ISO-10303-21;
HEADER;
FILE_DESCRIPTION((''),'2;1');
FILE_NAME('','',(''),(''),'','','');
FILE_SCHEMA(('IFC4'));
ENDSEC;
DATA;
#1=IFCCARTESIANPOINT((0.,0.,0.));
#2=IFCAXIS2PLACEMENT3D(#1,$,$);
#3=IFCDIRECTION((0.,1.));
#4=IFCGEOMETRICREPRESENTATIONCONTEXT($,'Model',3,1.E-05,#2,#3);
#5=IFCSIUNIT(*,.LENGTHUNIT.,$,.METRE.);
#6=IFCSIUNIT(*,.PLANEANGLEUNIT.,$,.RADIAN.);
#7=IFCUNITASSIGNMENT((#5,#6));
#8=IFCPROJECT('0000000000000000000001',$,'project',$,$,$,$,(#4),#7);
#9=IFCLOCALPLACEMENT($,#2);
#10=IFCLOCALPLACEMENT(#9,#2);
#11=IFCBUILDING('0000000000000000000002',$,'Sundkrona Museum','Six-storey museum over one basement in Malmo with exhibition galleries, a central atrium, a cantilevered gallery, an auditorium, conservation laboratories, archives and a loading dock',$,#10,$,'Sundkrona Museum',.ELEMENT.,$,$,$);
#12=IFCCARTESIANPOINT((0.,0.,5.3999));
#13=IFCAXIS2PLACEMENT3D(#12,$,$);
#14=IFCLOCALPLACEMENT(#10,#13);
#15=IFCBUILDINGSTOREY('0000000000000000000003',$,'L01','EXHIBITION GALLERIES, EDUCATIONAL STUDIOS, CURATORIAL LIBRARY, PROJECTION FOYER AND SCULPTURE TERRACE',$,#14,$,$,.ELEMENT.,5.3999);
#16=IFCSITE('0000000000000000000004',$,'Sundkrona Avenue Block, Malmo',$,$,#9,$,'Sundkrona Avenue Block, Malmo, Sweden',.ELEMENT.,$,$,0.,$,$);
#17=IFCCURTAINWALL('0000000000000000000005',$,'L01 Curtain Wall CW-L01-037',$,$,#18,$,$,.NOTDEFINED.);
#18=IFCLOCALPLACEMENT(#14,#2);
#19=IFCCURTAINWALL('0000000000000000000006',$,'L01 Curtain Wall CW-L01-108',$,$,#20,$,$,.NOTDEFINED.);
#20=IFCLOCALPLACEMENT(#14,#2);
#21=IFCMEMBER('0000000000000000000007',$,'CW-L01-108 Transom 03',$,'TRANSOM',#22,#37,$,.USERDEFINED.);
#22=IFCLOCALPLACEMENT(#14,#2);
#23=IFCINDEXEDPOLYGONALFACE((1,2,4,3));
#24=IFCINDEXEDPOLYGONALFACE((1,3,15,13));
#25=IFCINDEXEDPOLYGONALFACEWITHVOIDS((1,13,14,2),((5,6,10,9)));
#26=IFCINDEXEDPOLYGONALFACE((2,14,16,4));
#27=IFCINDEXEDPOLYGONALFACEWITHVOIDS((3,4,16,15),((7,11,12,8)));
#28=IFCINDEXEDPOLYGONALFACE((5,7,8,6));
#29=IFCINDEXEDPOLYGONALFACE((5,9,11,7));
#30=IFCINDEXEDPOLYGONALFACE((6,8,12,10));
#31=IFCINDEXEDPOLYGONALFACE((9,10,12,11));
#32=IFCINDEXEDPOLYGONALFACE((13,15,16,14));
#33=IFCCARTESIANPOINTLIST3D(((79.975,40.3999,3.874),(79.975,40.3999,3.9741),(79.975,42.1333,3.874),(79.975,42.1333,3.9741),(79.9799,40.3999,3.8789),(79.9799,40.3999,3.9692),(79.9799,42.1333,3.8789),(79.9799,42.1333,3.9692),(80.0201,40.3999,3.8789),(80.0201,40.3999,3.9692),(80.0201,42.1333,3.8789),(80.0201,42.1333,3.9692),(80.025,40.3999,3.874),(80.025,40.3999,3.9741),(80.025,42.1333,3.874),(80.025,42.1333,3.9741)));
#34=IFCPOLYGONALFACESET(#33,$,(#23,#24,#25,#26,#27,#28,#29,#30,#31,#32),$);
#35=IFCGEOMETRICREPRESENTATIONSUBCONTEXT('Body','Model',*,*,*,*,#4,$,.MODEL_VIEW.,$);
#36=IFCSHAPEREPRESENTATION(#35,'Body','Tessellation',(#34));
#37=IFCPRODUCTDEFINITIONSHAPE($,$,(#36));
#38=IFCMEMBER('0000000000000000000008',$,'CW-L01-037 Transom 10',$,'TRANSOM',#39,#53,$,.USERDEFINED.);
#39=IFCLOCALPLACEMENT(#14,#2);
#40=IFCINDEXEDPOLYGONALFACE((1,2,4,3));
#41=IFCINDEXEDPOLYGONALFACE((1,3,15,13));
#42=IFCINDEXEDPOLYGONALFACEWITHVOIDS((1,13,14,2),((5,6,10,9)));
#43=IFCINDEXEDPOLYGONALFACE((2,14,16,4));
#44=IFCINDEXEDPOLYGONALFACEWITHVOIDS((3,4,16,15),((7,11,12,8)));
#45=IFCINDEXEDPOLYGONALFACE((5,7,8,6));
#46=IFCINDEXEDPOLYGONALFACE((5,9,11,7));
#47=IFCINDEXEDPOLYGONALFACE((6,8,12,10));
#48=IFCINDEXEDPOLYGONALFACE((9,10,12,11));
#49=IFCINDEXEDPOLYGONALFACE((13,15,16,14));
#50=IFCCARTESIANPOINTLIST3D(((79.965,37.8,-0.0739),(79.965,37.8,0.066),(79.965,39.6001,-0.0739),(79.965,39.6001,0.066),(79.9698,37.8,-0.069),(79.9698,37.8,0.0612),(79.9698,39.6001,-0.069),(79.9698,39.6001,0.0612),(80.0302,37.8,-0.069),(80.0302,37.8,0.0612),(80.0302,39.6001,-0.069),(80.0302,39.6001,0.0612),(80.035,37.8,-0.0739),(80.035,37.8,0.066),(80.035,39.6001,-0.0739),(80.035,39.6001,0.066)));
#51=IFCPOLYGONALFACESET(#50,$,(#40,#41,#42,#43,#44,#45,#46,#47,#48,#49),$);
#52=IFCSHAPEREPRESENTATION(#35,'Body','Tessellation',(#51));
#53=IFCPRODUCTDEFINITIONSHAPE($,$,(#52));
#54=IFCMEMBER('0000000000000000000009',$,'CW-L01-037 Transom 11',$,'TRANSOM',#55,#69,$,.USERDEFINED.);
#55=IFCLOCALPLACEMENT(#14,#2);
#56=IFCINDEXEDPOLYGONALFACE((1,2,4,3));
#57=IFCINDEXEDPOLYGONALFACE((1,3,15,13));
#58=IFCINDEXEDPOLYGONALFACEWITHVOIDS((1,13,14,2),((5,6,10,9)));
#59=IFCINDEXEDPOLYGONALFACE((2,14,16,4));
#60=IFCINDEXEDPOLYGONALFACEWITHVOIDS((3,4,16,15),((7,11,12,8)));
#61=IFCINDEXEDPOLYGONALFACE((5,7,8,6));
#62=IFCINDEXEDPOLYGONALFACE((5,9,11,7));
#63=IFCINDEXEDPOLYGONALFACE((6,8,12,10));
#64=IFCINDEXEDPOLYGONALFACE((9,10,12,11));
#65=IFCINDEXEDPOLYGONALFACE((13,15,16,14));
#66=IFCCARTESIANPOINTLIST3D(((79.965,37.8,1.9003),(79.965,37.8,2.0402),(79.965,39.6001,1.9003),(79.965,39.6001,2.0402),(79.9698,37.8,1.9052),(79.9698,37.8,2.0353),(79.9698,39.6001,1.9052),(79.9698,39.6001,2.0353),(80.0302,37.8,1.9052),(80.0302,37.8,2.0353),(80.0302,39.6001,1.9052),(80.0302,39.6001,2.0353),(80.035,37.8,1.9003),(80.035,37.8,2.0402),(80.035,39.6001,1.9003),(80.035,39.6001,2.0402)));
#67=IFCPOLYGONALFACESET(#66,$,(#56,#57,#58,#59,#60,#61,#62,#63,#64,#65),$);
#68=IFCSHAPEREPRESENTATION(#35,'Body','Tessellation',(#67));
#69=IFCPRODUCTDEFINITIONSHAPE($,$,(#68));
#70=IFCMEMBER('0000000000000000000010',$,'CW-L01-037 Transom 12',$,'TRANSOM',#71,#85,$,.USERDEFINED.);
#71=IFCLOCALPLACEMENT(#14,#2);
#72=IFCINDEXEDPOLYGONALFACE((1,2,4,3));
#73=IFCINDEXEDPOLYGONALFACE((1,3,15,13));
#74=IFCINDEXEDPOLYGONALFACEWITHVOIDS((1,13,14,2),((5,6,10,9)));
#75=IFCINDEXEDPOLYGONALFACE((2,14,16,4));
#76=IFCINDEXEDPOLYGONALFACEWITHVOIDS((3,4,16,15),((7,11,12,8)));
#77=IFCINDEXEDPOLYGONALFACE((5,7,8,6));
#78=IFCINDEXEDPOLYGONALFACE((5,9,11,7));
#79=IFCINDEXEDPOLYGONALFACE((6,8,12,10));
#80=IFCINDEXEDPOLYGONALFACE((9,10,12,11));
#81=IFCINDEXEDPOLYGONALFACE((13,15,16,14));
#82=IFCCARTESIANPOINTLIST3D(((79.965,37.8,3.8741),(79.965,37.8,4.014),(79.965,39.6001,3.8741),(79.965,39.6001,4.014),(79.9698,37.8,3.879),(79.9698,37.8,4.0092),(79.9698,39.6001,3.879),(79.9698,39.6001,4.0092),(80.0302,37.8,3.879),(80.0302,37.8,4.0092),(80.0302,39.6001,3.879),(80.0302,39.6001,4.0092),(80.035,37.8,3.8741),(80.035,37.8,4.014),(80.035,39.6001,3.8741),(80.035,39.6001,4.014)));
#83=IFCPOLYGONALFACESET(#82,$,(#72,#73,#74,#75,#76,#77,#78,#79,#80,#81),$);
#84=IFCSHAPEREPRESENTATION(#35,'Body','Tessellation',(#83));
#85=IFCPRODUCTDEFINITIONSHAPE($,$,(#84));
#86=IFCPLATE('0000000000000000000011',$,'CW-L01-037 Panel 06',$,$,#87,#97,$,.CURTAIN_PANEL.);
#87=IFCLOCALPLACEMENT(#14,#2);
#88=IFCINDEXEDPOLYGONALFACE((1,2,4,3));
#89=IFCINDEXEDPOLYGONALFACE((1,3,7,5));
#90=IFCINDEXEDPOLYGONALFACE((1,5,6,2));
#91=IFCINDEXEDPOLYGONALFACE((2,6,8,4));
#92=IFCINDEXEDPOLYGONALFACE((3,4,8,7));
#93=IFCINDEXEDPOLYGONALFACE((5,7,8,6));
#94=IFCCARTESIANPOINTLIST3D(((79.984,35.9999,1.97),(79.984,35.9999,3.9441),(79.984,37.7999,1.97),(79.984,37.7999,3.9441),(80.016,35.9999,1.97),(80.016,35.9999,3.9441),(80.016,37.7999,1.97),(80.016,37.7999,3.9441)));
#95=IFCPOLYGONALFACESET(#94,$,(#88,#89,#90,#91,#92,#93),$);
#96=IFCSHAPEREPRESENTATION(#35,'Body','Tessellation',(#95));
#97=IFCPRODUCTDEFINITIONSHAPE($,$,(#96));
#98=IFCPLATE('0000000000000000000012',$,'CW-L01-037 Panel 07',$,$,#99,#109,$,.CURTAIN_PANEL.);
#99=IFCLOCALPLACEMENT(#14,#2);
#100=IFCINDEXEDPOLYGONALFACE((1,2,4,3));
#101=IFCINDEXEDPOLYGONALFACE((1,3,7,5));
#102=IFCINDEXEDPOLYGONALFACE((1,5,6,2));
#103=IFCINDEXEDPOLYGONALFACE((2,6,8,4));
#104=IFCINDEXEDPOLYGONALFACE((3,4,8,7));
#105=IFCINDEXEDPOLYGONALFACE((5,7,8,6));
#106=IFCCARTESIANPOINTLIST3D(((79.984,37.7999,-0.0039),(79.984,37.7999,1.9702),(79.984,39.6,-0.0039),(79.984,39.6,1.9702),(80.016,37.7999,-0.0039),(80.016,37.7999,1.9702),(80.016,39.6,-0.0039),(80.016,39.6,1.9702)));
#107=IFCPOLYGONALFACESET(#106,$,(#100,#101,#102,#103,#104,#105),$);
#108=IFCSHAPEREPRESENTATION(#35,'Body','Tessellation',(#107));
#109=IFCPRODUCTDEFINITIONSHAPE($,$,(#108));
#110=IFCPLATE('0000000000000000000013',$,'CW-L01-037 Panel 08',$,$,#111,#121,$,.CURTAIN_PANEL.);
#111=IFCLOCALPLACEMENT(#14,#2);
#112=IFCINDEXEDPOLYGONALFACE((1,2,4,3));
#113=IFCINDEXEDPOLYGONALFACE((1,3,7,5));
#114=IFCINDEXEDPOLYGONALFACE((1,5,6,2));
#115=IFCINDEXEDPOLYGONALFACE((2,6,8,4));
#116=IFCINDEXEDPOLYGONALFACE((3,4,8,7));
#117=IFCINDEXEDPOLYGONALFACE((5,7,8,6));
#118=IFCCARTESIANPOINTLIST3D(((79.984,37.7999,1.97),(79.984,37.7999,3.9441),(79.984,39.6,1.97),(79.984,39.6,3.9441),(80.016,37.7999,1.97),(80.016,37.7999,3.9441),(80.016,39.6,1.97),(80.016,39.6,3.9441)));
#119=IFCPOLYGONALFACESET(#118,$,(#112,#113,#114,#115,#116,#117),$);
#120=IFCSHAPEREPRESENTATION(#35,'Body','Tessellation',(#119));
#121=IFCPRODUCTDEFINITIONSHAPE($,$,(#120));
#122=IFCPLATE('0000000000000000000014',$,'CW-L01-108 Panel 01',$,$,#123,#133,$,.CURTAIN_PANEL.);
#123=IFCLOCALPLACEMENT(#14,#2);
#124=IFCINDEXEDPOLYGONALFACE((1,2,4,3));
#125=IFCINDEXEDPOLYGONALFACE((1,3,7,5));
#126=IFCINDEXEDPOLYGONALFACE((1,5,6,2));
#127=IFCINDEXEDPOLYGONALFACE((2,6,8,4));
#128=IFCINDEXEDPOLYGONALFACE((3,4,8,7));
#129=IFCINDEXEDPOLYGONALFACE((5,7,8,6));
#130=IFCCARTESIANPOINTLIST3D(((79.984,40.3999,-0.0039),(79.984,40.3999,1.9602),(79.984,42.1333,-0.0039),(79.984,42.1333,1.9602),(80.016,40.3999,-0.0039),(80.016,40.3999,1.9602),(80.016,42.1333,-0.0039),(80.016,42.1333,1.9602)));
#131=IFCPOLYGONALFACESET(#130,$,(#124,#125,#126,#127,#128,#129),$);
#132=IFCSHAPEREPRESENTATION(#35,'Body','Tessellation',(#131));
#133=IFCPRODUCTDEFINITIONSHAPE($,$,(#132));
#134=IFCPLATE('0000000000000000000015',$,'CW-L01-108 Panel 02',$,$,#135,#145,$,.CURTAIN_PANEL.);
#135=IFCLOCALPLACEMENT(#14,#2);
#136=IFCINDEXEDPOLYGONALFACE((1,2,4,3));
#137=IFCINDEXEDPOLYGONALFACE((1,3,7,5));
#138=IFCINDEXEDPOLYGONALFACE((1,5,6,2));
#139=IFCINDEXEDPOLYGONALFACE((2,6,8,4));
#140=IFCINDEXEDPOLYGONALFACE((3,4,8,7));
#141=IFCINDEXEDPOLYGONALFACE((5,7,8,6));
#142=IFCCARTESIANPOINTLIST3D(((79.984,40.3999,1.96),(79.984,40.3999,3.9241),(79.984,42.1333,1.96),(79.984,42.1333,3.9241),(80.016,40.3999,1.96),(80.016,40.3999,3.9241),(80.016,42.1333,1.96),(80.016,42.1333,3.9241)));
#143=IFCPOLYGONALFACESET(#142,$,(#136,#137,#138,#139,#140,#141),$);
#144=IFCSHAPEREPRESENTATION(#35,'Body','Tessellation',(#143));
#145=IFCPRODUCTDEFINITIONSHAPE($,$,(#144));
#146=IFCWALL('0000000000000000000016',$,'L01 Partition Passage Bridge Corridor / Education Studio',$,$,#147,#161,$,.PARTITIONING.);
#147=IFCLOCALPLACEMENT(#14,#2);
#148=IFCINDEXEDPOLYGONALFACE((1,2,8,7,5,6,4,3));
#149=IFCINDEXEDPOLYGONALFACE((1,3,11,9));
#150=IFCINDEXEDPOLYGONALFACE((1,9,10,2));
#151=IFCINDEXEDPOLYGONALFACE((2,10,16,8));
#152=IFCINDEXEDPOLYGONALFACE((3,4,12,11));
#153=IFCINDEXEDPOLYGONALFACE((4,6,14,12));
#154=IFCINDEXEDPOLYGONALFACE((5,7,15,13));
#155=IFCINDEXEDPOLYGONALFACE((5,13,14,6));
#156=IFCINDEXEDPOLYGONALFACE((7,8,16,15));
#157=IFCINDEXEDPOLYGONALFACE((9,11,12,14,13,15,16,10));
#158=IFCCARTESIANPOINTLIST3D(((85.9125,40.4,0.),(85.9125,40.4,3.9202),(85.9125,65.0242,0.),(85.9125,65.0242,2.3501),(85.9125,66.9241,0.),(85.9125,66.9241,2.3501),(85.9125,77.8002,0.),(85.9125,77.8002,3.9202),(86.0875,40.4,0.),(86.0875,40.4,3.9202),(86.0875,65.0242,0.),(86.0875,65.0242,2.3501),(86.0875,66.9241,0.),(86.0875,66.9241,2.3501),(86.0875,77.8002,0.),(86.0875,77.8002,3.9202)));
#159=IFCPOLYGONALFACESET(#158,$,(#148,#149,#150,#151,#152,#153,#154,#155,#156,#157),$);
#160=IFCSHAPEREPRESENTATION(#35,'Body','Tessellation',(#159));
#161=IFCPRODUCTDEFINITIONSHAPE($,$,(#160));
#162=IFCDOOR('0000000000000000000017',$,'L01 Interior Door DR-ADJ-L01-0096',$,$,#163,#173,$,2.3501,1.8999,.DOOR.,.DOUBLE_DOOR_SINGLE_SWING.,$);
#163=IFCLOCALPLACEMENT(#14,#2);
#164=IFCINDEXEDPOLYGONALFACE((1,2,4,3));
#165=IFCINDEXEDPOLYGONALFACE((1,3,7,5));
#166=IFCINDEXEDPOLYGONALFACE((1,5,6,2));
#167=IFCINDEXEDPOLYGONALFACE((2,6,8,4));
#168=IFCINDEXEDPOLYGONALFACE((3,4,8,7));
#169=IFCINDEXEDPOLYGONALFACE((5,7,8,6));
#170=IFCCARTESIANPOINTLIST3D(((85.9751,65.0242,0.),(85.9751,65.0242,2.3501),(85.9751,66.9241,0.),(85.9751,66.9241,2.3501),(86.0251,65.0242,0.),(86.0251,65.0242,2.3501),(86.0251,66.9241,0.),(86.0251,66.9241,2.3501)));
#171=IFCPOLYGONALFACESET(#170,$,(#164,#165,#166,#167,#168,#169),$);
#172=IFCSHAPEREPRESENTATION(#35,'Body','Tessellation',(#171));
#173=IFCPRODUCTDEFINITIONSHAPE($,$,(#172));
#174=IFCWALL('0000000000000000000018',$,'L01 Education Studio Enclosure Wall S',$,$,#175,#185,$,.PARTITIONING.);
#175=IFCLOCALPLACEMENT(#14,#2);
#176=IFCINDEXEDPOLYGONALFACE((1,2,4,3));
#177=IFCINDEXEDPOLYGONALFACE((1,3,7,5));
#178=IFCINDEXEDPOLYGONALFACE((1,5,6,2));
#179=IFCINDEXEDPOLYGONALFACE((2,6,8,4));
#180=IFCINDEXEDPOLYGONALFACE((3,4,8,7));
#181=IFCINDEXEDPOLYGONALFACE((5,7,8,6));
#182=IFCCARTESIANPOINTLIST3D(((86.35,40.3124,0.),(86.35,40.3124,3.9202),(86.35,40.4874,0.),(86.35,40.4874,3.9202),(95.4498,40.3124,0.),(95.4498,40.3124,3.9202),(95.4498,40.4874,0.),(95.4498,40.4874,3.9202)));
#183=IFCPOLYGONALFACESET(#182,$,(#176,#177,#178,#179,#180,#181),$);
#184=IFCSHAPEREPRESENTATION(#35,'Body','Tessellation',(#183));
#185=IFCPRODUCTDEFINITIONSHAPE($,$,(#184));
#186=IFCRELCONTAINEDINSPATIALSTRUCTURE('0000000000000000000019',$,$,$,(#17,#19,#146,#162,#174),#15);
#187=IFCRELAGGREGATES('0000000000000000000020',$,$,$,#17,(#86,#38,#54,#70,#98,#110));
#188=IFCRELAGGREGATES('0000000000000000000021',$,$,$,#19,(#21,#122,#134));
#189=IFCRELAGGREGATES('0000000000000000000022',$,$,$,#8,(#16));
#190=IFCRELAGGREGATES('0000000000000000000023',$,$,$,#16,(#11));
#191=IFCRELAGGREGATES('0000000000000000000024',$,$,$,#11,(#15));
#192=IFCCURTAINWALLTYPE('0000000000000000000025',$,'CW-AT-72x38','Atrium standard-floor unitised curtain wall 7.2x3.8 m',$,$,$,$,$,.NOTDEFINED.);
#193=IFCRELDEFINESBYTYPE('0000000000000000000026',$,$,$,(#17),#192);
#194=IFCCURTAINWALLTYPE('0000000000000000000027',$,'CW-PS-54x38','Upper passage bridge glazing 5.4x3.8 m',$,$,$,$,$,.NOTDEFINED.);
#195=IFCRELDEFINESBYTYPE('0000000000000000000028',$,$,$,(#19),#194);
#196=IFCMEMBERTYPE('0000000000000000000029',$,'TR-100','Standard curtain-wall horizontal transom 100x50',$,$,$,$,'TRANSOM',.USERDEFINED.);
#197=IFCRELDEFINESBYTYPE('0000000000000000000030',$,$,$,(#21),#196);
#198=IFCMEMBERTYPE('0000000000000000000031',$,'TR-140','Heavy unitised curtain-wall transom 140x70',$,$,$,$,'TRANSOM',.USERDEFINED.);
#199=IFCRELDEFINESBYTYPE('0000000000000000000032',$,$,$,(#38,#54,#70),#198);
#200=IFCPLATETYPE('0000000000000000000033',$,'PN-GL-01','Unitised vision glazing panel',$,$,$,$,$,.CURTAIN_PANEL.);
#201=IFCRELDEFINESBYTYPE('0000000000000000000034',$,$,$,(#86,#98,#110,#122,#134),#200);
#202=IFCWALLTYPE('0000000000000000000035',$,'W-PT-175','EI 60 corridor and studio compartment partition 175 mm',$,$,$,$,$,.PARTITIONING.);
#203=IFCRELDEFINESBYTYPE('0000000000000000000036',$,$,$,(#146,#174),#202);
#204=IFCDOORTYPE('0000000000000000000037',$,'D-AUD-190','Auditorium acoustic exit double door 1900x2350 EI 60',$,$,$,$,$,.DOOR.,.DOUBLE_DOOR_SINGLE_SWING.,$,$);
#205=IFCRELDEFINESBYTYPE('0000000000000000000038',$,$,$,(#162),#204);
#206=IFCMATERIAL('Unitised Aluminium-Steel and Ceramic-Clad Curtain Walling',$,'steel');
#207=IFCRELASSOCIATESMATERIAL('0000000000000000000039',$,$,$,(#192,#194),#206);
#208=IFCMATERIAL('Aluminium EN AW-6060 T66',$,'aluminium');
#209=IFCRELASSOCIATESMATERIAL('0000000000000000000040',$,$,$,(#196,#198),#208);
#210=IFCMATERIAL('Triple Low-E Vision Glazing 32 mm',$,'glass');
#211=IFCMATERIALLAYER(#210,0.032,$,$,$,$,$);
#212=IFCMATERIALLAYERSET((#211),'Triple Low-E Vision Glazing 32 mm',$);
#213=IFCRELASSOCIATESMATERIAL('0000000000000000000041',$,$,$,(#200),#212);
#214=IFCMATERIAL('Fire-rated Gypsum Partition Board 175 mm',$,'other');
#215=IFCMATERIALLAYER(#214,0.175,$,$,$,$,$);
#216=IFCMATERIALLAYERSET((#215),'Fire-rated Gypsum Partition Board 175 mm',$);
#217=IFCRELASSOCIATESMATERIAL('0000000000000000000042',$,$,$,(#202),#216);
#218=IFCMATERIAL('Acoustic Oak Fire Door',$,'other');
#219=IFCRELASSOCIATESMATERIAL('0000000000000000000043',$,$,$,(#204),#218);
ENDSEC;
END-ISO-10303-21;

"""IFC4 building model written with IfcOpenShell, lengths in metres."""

from ifc_helpers import new_model, si_unit, direction, frame, frame_2d, origin, origin_2d, place, context, subcontext, project, spatial, rectangle, hollow_rectangle, extrude, material, layer, layer_set, material_profile, profile_set, type_object, element, fill, aggregate, save


model = new_model("IFC4")

# Units and contexts
model_context = context("Model", 3, precision=1e-05, world=origin(), true_north=direction((0.0, 1.0)))
body_context = subcontext(model_context, "Body", "Model", "MODEL_VIEW")
ifc_project = project(units=[si_unit("LENGTHUNIT", "METRE"), si_unit("PLANEANGLEUNIT", "RADIAN")], contexts=[model_context])

# Site, building, storey
site_placement = place(None, origin())
site = spatial("IfcSite", under=ifc_project, at=site_placement, Name="Sundkrona Avenue Block, Malmo", LongName="Sundkrona Avenue Block, Malmo, Sweden", CompositionType="ELEMENT", RefElevation=0.0)
building_placement = place(site_placement, origin())
building = spatial("IfcBuilding", under=site, at=building_placement, Name="Sundkrona Museum", Description="Six-storey museum over one basement in Malmo with exhibition galleries, a central atrium, a cantilevered gallery, an auditorium, conservation laboratories, archives and a loading dock", LongName="Sundkrona Museum", CompositionType="ELEMENT")
storey_placement = place(building_placement, frame((0.0, 0.0, 5.3999)))
storey = spatial("IfcBuildingStorey", under=building, at=storey_placement, Name="L01", Description="EXHIBITION GALLERIES, EDUCATIONAL STUDIOS, CURATORIAL LIBRARY, PROJECTION FOYER AND SCULPTURE TERRACE", CompositionType="ELEMENT", Elevation=5.3999)

# Curtain wall
ifc_material_1 = material(Name="Unitised Aluminium-Steel and Ceramic-Clad Curtain Walling", Category="steel")
curtain_wall_type_1 = type_object("IfcCurtainWallType", Name="CW-AT-72x38", Description="Atrium standard-floor unitised curtain wall 7.2x3.8 m", PredefinedType="NOTDEFINED", material=ifc_material_1)
curtain_wall_1_placement = place(storey_placement, origin())
curtain_wall_1 = element("IfcCurtainWall", 1, at=curtain_wall_1_placement, inside=storey, type_object=curtain_wall_type_1, Name="L01 Curtain Wall CW-L01-037", PredefinedType="NOTDEFINED")
ifc_material_2 = material(Name="Aluminium EN AW-6060 T66", Category="aluminium")

# Curtain wall
curtain_wall_type_2 = type_object("IfcCurtainWallType", Name="CW-PS-54x38", Description="Upper passage bridge glazing 5.4x3.8 m", PredefinedType="NOTDEFINED", material=ifc_material_1)
curtain_wall_2_placement = place(storey_placement, origin())
curtain_wall_2 = element("IfcCurtainWall", 2, at=curtain_wall_2_placement, inside=storey, type_object=curtain_wall_type_2, Name="L01 Curtain Wall CW-L01-108", PredefinedType="NOTDEFINED")

# Members
ifc_material_profile_1 = material_profile(ifc_material_2, hollow_rectangle(XDim=0.05, YDim=0.1001, WallThickness=0.0049, at=origin_2d()), Name="RHS 100x50x5.0")
ifc_profile_set_1 = profile_set([ifc_material_profile_1], Name="Aluminium EN AW-6060 T66")
member_type_1 = type_object("IfcMemberType", Name="TR-100", Description="Standard curtain-wall horizontal transom 100x50", ElementType="TRANSOM", PredefinedType="USERDEFINED", material=ifc_profile_set_1)
member_1_placement = place(storey_placement, frame((80.0, 40.3999, 3.9241), z_axis=(0.0, 1.0, 0.0), x_axis=(-1.0, 0.0, 0.0)))
member_1 = element("IfcMember", 3, at=member_1_placement, type_object=member_type_1, Name="CW-L01-108 Transom 03", ObjectType="TRANSOM", PredefinedType="USERDEFINED", context=body_context, shape_type="SweptSolid", body=[
    extrude(hollow_rectangle(XDim=0.05, YDim=0.1001, WallThickness=0.0049, at=origin_2d()), origin(), (0.0, 0.0, 1.0), 1.7334),
])
ifc_material_profile_2 = material_profile(ifc_material_2, hollow_rectangle(XDim=0.0701, YDim=0.1399, WallThickness=0.0049, at=origin_2d()), Name="RHS 140x70x5.0")
ifc_profile_set_2 = profile_set([ifc_material_profile_2], Name="Aluminium EN AW-6060 T66")
member_type_2 = type_object("IfcMemberType", Name="TR-140", Description="Heavy unitised curtain-wall transom 140x70", ElementType="TRANSOM", PredefinedType="USERDEFINED", material=ifc_profile_set_2)
member_2_placement = place(storey_placement, frame((80.0, 37.8, -0.0039), z_axis=(0.0, 1.0, 0.0), x_axis=(-1.0, 0.0, 0.0)))
member_2 = element("IfcMember", 4, at=member_2_placement, type_object=member_type_2, Name="CW-L01-037 Transom 10", ObjectType="TRANSOM", PredefinedType="USERDEFINED", context=body_context, shape_type="SweptSolid", body=[
    extrude(hollow_rectangle(XDim=0.0701, YDim=0.1399, WallThickness=0.0049, at=origin_2d()), origin(), (0.0, 0.0, 1.0), 1.8),
])
member_3_placement = place(storey_placement, frame((80.0, 37.8, 1.9702), z_axis=(0.0, 1.0, 0.0), x_axis=(-1.0, 0.0, 0.0)))
member_3 = element("IfcMember", 5, at=member_3_placement, type_object=member_type_2, Name="CW-L01-037 Transom 11", ObjectType="TRANSOM", PredefinedType="USERDEFINED", context=body_context, shape_type="SweptSolid", body=[
    extrude(hollow_rectangle(XDim=0.0701, YDim=0.1399, WallThickness=0.0049, at=origin_2d()), origin(), (0.0, 0.0, 1.0), 1.8),
])
member_4_placement = place(storey_placement, frame((80.0, 37.8, 3.9441), z_axis=(0.0, 1.0, 0.0), x_axis=(-1.0, 0.0, 0.0)))
member_4 = element("IfcMember", 6, at=member_4_placement, type_object=member_type_2, Name="CW-L01-037 Transom 12", ObjectType="TRANSOM", PredefinedType="USERDEFINED", context=body_context, shape_type="SweptSolid", body=[
    extrude(hollow_rectangle(XDim=0.0701, YDim=0.1399, WallThickness=0.0049, at=origin_2d()), origin(), (0.0, 0.0, 1.0), 1.8),
])

# Plates
ifc_material_3 = material(Name="Triple Low-E Vision Glazing 32 mm", Category="glass")
ifc_layer_1 = layer(ifc_material_3, 0.032)
ifc_layer_set_1 = layer_set([ifc_layer_1], Name="Triple Low-E Vision Glazing 32 mm")
plate_type = type_object("IfcPlateType", Name="PN-GL-01", Description="Unitised vision glazing panel", PredefinedType="CURTAIN_PANEL", material=ifc_layer_set_1)
plate_1_placement = place(storey_placement, frame((80.0, 36.8999, 1.97), z_axis=(0.0, 0.0, 1.0), x_axis=(0.0, 1.0, 0.0)))
plate_1 = element("IfcPlate", 7, at=plate_1_placement, type_object=plate_type, Name="CW-L01-037 Panel 06", PredefinedType="CURTAIN_PANEL", context=body_context, shape_type="SweptSolid", body=[
    extrude(rectangle(XDim=1.8, YDim=0.032, at=origin_2d()), origin(), (0.0, 0.0, 1.0), 1.9741),
])
plate_2_placement = place(storey_placement, frame((80.0, 38.7, -0.0039), z_axis=(0.0, 0.0, 1.0), x_axis=(0.0, 1.0, 0.0)))
plate_2 = element("IfcPlate", 8, at=plate_2_placement, type_object=plate_type, Name="CW-L01-037 Panel 07", PredefinedType="CURTAIN_PANEL", context=body_context, shape_type="SweptSolid", body=[
    extrude(rectangle(XDim=1.8, YDim=0.032, at=origin_2d()), origin(), (0.0, 0.0, 1.0), 1.9741),
])
plate_3_placement = place(storey_placement, frame((80.0, 38.7, 1.97), z_axis=(0.0, 0.0, 1.0), x_axis=(0.0, 1.0, 0.0)))
plate_3 = element("IfcPlate", 9, at=plate_3_placement, type_object=plate_type, Name="CW-L01-037 Panel 08", PredefinedType="CURTAIN_PANEL", context=body_context, shape_type="SweptSolid", body=[
    extrude(rectangle(XDim=1.8, YDim=0.032, at=origin_2d()), origin(), (0.0, 0.0, 1.0), 1.9741),
])
aggregate(curtain_wall_1, [plate_1, member_2, member_3, member_4, plate_2, plate_3])
plate_4_placement = place(storey_placement, frame((80.0, 41.2666, -0.0039), z_axis=(0.0, 0.0, 1.0), x_axis=(0.0, 1.0, 0.0)))
plate_4 = element("IfcPlate", 10, at=plate_4_placement, type_object=plate_type, Name="CW-L01-108 Panel 01", PredefinedType="CURTAIN_PANEL", context=body_context, shape_type="SweptSolid", body=[
    extrude(rectangle(XDim=1.7334, YDim=0.032, at=origin_2d()), origin(), (0.0, 0.0, 1.0), 1.9641),
])
plate_5_placement = place(storey_placement, frame((80.0, 41.2666, 1.96), z_axis=(0.0, 0.0, 1.0), x_axis=(0.0, 1.0, 0.0)))
plate_5 = element("IfcPlate", 11, at=plate_5_placement, type_object=plate_type, Name="CW-L01-108 Panel 02", PredefinedType="CURTAIN_PANEL", context=body_context, shape_type="SweptSolid", body=[
    extrude(rectangle(XDim=1.7334, YDim=0.032, at=origin_2d()), origin(), (0.0, 0.0, 1.0), 1.9641),
])
aggregate(curtain_wall_2, [member_1, plate_4, plate_5])

# Wall, opening, door
ifc_material_4 = material(Name="Fire-rated Gypsum Partition Board 175 mm", Category="other")
ifc_layer_2 = layer(ifc_material_4, 0.175)
ifc_layer_set_2 = layer_set([ifc_layer_2], Name="Fire-rated Gypsum Partition Board 175 mm")
wall_type = type_object("IfcWallType", Name="W-PT-175", Description="EI 60 corridor and studio compartment partition 175 mm", PredefinedType="PARTITIONING", material=ifc_layer_set_2)
wall_1_placement = place(storey_placement, frame((86.0, 40.3999, 0.0), z_axis=(0.0, 0.0, 1.0), x_axis=(0.0, 1.0, 0.0)))
wall_1 = element("IfcWall", 12, at=wall_1_placement, inside=storey, type_object=wall_type, Name="L01 Partition Passage Bridge Corridor / Education Studio", PredefinedType="PARTITIONING", context=body_context, shape_type="SweptSolid", body=[
    extrude(rectangle(XDim=37.4001, YDim=0.175, at=frame_2d((18.7002, 0.0))), origin(), (0.0, 0.0, 1.0), 3.9202),
])
opening_placement = place(wall_1_placement, frame((24.6243, 0.0, 0.0)))
opening = element("IfcOpeningElement", 13, at=opening_placement, cuts=wall_1, PredefinedType="OPENING", context=body_context, shape_type="SweptSolid", body=[
    extrude(rectangle(XDim=1.8999, YDim=2.3501, at=frame_2d((0.95, 1.175))), frame((0.0, 0.0974, 0.0), z_axis=(0.0, -1.0, 0.0), x_axis=(1.0, 0.0, 0.0)), (0.0, 0.0, 1.0), 0.1951),
])
ifc_material_5 = material(Name="Acoustic Oak Fire Door", Category="other")
door_type = type_object("IfcDoorType", Name="D-AUD-190", Description="Auditorium acoustic exit double door 1900x2350 EI 60", OperationType="DOUBLE_DOOR_SINGLE_SWING", PredefinedType="DOOR", material=ifc_material_5)
door_placement = place(opening_placement, origin())
door = element("IfcDoor", 14, at=door_placement, inside=storey, type_object=door_type, Name="L01 Interior Door DR-ADJ-L01-0096", OperationType="DOUBLE_DOOR_SINGLE_SWING", OverallHeight=2.3501, OverallWidth=1.8999, PredefinedType="DOOR", context=body_context, shape_type="SweptSolid", body=[
    extrude(rectangle(XDim=1.8999, YDim=2.3501, at=frame_2d((0.95, 1.175))), frame((0.0, 0.0249, 0.0), z_axis=(0.0, -1.0, 0.0), x_axis=(1.0, 0.0, 0.0)), (0.0, 0.0, 1.0), 0.05),
])
fill(opening, door)

# Wall
wall_2_placement = place(storey_placement, frame((86.3501, 40.3999, 0.0), z_axis=(0.0, 0.0, 1.0), x_axis=(1.0, 0.0, 0.0)))
element("IfcWall", 15, at=wall_2_placement, inside=storey, type_object=wall_type, Name="L01 Education Studio Enclosure Wall S", PredefinedType="PARTITIONING", context=body_context, shape_type="SweptSolid", body=[
    extrude(rectangle(XDim=9.0999, YDim=0.175, at=frame_2d((4.5498, 0.0))), origin(), (0.0, 0.0, 1.0), 3.9202),
])

save(model, "model.ifc")
